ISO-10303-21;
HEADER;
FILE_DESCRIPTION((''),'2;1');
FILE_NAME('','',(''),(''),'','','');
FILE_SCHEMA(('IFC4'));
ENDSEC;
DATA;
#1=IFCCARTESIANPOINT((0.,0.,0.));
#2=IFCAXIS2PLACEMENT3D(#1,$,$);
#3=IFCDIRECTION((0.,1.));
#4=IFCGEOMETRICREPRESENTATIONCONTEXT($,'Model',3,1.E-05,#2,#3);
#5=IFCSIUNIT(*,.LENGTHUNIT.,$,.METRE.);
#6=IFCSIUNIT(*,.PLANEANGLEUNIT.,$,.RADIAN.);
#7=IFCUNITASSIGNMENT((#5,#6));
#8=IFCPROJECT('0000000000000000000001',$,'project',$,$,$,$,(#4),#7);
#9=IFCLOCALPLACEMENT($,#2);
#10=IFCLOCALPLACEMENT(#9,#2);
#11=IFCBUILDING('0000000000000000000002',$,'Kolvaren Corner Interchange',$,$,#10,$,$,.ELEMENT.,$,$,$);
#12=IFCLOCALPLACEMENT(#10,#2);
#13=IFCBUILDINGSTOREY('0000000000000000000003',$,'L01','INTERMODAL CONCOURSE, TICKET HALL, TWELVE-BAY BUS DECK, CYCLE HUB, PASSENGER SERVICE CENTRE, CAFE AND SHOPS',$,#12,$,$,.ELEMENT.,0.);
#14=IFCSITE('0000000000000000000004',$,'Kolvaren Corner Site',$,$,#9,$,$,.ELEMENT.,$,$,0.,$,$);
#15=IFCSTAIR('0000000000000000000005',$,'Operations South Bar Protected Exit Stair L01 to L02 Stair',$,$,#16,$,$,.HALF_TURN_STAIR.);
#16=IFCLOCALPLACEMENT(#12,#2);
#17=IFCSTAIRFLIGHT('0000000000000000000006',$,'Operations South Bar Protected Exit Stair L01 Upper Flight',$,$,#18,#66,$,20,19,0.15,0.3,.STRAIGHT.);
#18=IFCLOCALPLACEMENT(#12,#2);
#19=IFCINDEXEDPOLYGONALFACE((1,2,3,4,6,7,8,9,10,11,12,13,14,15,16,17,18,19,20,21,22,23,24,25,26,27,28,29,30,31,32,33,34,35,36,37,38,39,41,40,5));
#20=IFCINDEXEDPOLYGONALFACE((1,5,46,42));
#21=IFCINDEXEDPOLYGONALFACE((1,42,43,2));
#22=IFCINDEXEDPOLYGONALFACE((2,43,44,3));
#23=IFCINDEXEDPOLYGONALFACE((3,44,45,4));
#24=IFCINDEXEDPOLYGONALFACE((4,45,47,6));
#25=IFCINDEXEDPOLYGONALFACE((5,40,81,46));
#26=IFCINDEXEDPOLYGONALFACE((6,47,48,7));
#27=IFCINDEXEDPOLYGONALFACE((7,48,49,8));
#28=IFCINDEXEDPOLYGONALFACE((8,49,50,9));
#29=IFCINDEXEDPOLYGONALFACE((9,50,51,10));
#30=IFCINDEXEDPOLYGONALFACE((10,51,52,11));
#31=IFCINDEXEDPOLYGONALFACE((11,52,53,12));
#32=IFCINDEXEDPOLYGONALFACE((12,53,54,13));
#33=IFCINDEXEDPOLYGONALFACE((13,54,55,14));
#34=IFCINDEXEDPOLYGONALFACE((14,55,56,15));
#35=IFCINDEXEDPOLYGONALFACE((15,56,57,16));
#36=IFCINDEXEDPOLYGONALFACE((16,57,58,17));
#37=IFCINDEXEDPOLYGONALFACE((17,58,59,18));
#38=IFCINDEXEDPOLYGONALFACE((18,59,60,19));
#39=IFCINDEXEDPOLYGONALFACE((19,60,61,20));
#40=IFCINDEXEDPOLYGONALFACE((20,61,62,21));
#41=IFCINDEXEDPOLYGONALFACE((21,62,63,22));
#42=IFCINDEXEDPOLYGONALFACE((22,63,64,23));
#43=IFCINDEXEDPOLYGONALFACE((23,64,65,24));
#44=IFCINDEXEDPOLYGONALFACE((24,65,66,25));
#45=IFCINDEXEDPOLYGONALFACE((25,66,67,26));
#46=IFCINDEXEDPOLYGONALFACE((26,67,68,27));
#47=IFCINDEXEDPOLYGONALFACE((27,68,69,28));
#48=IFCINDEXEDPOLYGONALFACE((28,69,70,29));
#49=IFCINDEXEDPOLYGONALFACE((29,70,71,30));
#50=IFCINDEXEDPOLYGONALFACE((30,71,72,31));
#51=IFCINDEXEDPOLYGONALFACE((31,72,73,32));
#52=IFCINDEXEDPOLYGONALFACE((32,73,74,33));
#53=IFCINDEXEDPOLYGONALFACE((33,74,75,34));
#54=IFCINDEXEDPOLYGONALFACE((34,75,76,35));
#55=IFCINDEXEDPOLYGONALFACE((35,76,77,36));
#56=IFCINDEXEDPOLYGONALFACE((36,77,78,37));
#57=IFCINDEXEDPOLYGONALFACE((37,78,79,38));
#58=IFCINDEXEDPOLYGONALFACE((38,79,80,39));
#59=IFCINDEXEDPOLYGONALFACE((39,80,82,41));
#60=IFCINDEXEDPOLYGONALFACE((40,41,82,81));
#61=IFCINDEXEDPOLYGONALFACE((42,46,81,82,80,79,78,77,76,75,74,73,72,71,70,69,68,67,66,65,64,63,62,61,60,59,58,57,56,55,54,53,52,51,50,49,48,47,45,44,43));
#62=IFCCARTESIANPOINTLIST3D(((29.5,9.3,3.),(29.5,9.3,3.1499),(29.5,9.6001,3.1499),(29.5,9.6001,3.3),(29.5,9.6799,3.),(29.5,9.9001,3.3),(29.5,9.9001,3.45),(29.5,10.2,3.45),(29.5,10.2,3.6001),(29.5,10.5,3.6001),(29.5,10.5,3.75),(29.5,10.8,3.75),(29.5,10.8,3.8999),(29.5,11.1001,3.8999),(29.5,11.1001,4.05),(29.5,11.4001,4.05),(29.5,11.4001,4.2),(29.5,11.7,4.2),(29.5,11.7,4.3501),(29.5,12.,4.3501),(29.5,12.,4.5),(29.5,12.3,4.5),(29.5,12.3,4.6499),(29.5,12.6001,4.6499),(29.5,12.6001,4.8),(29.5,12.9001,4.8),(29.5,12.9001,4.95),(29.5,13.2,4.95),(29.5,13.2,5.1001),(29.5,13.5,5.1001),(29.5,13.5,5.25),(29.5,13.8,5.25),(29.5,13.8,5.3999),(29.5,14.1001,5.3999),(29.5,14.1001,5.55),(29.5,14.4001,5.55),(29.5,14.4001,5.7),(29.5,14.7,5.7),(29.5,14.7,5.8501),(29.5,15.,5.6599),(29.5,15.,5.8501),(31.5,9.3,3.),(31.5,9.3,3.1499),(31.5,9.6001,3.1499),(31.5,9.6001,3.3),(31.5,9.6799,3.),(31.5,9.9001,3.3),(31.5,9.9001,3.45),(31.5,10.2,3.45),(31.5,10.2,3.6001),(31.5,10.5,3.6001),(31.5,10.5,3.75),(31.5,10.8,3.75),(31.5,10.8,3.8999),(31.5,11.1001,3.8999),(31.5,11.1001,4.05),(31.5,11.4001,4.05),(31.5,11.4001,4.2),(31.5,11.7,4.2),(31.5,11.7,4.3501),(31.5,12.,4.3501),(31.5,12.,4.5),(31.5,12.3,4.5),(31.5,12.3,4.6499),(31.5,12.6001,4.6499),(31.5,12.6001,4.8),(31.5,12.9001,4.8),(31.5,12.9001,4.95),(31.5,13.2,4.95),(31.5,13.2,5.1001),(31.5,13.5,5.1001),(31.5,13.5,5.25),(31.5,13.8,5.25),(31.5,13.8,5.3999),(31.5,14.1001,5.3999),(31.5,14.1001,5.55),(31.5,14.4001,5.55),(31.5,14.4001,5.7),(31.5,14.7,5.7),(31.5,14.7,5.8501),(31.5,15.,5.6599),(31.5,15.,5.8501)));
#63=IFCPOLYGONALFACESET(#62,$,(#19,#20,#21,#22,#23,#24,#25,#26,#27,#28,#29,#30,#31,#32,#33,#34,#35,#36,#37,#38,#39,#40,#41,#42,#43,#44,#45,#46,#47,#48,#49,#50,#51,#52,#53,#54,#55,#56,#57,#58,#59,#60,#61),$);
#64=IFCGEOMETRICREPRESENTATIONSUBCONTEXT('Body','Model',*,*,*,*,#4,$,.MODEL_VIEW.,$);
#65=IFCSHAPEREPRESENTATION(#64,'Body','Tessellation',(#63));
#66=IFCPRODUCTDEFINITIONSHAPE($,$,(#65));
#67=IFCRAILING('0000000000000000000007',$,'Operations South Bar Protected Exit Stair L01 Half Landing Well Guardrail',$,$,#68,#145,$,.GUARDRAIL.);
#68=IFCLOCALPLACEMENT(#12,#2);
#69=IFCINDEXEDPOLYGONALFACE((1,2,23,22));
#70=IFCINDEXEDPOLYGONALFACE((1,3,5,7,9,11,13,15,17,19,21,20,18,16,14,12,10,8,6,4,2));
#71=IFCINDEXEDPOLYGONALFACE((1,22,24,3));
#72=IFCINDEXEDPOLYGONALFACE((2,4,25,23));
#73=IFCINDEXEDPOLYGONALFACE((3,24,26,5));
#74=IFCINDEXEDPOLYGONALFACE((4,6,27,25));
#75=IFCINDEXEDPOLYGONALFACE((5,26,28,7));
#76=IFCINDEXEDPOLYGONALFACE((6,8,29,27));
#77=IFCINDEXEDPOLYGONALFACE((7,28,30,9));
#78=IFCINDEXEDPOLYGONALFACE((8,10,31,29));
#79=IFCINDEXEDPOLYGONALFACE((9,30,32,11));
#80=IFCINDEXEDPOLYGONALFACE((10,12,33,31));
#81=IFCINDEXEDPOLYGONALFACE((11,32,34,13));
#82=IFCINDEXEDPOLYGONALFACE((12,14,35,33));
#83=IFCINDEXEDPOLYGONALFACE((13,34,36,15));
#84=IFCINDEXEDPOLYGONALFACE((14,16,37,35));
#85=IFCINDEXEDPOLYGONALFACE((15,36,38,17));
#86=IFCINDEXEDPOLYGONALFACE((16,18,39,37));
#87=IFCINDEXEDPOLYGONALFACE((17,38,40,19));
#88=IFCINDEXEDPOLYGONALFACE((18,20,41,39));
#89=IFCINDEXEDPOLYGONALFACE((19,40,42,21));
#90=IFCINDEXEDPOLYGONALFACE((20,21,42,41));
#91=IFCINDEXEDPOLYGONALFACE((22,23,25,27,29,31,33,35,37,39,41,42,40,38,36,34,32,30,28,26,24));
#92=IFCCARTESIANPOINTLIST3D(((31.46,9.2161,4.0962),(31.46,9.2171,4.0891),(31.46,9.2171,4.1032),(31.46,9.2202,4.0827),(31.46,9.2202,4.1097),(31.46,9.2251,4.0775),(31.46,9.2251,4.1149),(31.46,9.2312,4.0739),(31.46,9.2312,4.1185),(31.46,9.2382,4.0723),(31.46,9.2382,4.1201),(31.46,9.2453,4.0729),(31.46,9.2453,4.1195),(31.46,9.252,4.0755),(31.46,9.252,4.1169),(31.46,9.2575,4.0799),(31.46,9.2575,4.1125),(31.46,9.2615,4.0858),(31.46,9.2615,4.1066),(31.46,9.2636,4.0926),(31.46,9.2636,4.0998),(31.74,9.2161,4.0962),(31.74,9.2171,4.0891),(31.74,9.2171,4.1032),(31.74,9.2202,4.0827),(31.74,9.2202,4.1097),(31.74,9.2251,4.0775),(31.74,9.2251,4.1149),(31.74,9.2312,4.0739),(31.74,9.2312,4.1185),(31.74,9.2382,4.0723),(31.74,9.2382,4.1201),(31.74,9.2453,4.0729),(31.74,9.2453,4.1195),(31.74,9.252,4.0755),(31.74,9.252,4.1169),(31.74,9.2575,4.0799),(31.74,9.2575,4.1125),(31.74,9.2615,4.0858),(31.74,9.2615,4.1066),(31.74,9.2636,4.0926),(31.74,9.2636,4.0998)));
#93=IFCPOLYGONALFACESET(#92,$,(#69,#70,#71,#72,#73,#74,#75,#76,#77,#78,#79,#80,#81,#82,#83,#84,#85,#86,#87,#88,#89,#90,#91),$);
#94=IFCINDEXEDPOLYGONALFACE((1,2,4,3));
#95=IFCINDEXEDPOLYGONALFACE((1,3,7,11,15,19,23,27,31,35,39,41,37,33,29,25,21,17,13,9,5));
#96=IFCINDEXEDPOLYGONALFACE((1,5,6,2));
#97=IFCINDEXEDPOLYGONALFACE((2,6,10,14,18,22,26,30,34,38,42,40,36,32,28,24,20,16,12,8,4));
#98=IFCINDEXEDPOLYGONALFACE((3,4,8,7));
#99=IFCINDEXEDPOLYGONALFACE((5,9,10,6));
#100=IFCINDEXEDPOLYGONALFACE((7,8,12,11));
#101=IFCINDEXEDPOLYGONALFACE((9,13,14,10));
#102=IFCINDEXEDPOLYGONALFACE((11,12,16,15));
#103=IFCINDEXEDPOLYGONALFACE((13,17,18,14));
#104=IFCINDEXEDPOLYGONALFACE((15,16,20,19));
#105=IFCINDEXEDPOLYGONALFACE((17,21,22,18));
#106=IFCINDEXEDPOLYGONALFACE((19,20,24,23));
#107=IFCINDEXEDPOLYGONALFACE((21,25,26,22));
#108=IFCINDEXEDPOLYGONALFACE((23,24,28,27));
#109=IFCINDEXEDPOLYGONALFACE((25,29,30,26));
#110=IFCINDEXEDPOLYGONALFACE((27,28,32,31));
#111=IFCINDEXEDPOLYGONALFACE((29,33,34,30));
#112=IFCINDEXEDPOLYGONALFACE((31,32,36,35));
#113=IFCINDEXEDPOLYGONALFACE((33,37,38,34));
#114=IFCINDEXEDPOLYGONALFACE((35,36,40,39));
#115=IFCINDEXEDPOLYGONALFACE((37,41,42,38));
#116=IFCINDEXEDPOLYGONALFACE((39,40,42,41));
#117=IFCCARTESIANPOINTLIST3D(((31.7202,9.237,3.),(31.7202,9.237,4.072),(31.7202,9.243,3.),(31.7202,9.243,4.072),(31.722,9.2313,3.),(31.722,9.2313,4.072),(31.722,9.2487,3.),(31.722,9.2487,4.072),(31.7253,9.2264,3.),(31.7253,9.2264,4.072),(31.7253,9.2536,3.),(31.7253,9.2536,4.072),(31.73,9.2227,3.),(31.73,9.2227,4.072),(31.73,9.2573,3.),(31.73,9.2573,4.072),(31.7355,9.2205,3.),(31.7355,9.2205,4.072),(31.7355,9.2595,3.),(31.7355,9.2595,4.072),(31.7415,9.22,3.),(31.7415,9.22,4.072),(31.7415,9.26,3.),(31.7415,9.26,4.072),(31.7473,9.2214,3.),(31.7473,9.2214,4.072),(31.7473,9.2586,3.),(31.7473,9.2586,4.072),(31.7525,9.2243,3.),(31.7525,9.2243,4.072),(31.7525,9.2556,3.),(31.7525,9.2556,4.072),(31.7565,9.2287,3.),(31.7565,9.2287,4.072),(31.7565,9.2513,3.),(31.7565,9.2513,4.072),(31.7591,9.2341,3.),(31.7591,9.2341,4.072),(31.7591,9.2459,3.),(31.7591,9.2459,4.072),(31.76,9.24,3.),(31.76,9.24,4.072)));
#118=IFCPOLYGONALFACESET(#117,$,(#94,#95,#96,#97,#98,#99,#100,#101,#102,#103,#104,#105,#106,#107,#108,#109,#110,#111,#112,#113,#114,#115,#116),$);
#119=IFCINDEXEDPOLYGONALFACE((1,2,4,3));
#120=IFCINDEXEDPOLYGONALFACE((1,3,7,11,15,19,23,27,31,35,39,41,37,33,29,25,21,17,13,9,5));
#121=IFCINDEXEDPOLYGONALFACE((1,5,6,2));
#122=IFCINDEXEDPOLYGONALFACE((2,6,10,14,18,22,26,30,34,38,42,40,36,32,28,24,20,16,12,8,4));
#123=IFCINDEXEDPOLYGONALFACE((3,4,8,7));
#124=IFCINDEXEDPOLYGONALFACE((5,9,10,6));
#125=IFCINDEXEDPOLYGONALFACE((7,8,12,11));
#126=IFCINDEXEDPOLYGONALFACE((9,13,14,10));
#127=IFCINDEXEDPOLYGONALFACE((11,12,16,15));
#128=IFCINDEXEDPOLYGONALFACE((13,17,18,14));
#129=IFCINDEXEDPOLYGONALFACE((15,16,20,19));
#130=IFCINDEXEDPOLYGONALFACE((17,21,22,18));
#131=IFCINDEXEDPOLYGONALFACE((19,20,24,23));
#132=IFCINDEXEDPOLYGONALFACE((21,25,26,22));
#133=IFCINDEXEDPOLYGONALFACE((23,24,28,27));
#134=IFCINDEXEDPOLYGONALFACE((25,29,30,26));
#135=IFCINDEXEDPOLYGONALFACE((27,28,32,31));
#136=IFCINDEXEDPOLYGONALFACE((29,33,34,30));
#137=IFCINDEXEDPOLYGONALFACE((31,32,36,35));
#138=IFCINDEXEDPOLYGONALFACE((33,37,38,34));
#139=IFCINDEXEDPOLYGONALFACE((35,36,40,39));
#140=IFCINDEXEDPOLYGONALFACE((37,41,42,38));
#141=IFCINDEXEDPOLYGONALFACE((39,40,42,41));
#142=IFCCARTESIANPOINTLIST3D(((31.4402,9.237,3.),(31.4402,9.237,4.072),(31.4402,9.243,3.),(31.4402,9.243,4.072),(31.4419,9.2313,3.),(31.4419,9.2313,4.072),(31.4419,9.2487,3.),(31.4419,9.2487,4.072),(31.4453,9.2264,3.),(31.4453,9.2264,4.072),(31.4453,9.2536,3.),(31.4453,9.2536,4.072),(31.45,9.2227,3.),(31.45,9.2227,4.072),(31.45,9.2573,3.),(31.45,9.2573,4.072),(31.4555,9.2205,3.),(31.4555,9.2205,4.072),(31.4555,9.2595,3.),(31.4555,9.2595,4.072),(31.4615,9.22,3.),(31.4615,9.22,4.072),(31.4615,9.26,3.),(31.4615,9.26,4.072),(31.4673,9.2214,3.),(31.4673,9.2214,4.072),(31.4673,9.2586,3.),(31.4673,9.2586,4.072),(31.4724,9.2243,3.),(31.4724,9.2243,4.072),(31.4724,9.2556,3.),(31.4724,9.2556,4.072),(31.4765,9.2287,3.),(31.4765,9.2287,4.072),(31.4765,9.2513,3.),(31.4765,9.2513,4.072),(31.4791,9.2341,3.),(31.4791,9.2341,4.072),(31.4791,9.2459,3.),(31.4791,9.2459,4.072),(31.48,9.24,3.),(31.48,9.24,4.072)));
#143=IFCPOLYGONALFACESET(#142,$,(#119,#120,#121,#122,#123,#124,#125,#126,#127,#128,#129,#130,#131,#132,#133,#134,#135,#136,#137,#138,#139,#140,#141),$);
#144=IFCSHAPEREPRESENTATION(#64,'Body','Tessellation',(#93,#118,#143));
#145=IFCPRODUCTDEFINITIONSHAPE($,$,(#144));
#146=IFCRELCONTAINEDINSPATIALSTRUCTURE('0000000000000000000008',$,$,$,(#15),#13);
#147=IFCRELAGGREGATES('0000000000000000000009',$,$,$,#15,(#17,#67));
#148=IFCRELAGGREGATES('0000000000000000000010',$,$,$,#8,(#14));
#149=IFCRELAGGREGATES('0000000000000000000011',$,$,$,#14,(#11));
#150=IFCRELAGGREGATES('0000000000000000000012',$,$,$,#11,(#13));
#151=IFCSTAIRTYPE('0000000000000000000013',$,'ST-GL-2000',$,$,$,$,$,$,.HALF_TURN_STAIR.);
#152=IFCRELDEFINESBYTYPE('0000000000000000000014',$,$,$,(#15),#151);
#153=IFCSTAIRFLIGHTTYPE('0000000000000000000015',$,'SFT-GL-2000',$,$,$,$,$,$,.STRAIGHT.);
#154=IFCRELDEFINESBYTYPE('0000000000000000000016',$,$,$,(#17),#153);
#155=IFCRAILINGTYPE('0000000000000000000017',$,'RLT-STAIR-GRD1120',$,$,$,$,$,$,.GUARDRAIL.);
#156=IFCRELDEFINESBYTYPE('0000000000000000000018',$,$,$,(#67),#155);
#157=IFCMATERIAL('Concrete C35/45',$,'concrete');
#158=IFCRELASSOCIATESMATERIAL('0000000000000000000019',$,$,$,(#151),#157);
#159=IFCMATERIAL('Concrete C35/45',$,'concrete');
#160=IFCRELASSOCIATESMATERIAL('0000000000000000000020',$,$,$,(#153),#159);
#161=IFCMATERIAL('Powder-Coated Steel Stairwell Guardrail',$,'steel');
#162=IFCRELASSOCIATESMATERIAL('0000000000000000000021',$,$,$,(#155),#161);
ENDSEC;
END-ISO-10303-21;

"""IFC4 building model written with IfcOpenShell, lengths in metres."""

from ifc_helpers import new_model, si_unit, direction, frame, origin, origin_2d, place, context, subcontext, project, spatial, polyline, circle, outline, extrude, material, type_object, element, aggregate, save


model = new_model("IFC4")

# Units and contexts
model_context = context("Model", 3, precision=1e-05, world=origin(), true_north=direction((0.0, 1.0)))
body_context = subcontext(model_context, "Body", "Model", "MODEL_VIEW")
ifc_project = project(units=[si_unit("LENGTHUNIT", "METRE"), si_unit("PLANEANGLEUNIT", "RADIAN")], contexts=[model_context])

# Site, building, storey
site_placement = place(None, origin())
site = spatial("IfcSite", under=ifc_project, at=site_placement, Name="Kolvaren Corner Site", CompositionType="ELEMENT", RefElevation=0.0)
building_placement = place(site_placement, origin())
building = spatial("IfcBuilding", under=site, at=building_placement, Name="Kolvaren Corner Interchange", CompositionType="ELEMENT")
storey_placement = place(building_placement, origin())
storey = spatial("IfcBuildingStorey", under=building, at=storey_placement, Name="L01", Description="INTERMODAL CONCOURSE, TICKET HALL, TWELVE-BAY BUS DECK, CYCLE HUB, PASSENGER SERVICE CENTRE, CAFE AND SHOPS", CompositionType="ELEMENT", Elevation=0.0)

# Stair, stair flight, railing
ifc_material_1 = material(Name="Concrete C35/45", Category="concrete")
stair_type = type_object("IfcStairType", Name="ST-GL-2000", PredefinedType="HALF_TURN_STAIR", material=ifc_material_1)
stair_placement = place(storey_placement, origin())
stair = element("IfcStair", 1, at=stair_placement, inside=storey, type_object=stair_type, Name="Operations South Bar Protected Exit Stair L01 to L02 Stair", PredefinedType="HALF_TURN_STAIR")
ifc_material_2 = material(Name="Concrete C35/45", Category="concrete")
stair_flight_type = type_object("IfcStairFlightType", Name="SFT-GL-2000", PredefinedType="STRAIGHT", material=ifc_material_2)
stair_flight_1_placement = place(storey_placement, frame((30.5, 9.3, 3.0), z_axis=(0.0, 0.0, 1.0), x_axis=(0.0, 1.0, 0.0)))
stair_flight_1 = element("IfcStairFlight", 2, at=stair_flight_1_placement, type_object=stair_flight_type, Name="Operations South Bar Protected Exit Stair L01 Upper Flight", NumberOfRisers=20, NumberOfTreads=19, PredefinedType="STRAIGHT", RiserHeight=0.15, TreadLength=0.3, context=body_context, shape_type="SweptSolid", body=[
    extrude(outline(polyline([(0.0, 0.0), (0.0, 0.1499), (0.3, 0.1499), (0.3, 0.3), (0.6001, 0.3), (0.6001, 0.45), (0.8999, 0.45), (0.8999, 0.6001), (1.2, 0.6001), (1.2, 0.75), (1.5, 0.75), (1.5, 0.8999), (1.8, 0.8999), (1.8, 1.05), (2.1001, 1.05), (2.1001, 1.2), (2.3999, 1.2), (2.3999, 1.3501), (2.7, 1.3501), (2.7, 1.5), (3.0, 1.5), (3.0, 1.6499), (3.3, 1.6499), (3.3, 1.8), (3.6001, 1.8), (3.6001, 1.95), (3.8999, 1.95), (3.8999, 2.1001), (4.2, 2.1001), (4.2, 2.25), (4.5, 2.25), (4.5, 2.3999), (4.8, 2.3999), (4.8, 2.55), (5.1001, 2.55), (5.1001, 2.7), (5.3999, 2.7), (5.3999, 2.8501), (5.7, 2.8501), (5.7, 3.0), (5.7, 2.6599), (0.3799, 0.0), (0.0, 0.0)])), frame((0.0, 1.0, 0.0), z_axis=(0.0, -1.0, 0.0), x_axis=(1.0, 0.0, 0.0)), (0.0, 0.0, 1.0), 2.0),
])
ifc_material_3 = material(Name="Powder-Coated Steel Stairwell Guardrail", Category="steel")
railing_type_1 = type_object("IfcRailingType", Name="RLT-STAIR-GRD1120", PredefinedType="GUARDRAIL", material=ifc_material_3)
railing_1_placement = place(storey_placement, frame((31.74, 9.24, 3.0)))
railing_1 = element("IfcRailing", 3, at=railing_1_placement, type_object=railing_type_1, Name="Operations South Bar Protected Exit Stair L01 Half Landing Well Guardrail", PredefinedType="GUARDRAIL", context=body_context, shape_type="SweptSolid", body=[
    extrude(circle(Radius=0.0239, at=origin_2d()), frame((0.0, 0.0, 1.0962), z_axis=(-1.0, 0.0, 0.0), x_axis=(0.0, -1.0, 0.0)), (0.0, 0.0, 1.0), 0.28),
    extrude(circle(Radius=0.02, at=origin_2d()), origin(), (0.0, 0.0, 1.0), 1.072),
    extrude(circle(Radius=0.02, at=origin_2d()), frame((-0.28, 0.0, 0.0)), (0.0, 0.0, 1.0), 1.072),
])
aggregate(stair, [stair_flight_1, railing_1])

save(model, "model.ifc")
